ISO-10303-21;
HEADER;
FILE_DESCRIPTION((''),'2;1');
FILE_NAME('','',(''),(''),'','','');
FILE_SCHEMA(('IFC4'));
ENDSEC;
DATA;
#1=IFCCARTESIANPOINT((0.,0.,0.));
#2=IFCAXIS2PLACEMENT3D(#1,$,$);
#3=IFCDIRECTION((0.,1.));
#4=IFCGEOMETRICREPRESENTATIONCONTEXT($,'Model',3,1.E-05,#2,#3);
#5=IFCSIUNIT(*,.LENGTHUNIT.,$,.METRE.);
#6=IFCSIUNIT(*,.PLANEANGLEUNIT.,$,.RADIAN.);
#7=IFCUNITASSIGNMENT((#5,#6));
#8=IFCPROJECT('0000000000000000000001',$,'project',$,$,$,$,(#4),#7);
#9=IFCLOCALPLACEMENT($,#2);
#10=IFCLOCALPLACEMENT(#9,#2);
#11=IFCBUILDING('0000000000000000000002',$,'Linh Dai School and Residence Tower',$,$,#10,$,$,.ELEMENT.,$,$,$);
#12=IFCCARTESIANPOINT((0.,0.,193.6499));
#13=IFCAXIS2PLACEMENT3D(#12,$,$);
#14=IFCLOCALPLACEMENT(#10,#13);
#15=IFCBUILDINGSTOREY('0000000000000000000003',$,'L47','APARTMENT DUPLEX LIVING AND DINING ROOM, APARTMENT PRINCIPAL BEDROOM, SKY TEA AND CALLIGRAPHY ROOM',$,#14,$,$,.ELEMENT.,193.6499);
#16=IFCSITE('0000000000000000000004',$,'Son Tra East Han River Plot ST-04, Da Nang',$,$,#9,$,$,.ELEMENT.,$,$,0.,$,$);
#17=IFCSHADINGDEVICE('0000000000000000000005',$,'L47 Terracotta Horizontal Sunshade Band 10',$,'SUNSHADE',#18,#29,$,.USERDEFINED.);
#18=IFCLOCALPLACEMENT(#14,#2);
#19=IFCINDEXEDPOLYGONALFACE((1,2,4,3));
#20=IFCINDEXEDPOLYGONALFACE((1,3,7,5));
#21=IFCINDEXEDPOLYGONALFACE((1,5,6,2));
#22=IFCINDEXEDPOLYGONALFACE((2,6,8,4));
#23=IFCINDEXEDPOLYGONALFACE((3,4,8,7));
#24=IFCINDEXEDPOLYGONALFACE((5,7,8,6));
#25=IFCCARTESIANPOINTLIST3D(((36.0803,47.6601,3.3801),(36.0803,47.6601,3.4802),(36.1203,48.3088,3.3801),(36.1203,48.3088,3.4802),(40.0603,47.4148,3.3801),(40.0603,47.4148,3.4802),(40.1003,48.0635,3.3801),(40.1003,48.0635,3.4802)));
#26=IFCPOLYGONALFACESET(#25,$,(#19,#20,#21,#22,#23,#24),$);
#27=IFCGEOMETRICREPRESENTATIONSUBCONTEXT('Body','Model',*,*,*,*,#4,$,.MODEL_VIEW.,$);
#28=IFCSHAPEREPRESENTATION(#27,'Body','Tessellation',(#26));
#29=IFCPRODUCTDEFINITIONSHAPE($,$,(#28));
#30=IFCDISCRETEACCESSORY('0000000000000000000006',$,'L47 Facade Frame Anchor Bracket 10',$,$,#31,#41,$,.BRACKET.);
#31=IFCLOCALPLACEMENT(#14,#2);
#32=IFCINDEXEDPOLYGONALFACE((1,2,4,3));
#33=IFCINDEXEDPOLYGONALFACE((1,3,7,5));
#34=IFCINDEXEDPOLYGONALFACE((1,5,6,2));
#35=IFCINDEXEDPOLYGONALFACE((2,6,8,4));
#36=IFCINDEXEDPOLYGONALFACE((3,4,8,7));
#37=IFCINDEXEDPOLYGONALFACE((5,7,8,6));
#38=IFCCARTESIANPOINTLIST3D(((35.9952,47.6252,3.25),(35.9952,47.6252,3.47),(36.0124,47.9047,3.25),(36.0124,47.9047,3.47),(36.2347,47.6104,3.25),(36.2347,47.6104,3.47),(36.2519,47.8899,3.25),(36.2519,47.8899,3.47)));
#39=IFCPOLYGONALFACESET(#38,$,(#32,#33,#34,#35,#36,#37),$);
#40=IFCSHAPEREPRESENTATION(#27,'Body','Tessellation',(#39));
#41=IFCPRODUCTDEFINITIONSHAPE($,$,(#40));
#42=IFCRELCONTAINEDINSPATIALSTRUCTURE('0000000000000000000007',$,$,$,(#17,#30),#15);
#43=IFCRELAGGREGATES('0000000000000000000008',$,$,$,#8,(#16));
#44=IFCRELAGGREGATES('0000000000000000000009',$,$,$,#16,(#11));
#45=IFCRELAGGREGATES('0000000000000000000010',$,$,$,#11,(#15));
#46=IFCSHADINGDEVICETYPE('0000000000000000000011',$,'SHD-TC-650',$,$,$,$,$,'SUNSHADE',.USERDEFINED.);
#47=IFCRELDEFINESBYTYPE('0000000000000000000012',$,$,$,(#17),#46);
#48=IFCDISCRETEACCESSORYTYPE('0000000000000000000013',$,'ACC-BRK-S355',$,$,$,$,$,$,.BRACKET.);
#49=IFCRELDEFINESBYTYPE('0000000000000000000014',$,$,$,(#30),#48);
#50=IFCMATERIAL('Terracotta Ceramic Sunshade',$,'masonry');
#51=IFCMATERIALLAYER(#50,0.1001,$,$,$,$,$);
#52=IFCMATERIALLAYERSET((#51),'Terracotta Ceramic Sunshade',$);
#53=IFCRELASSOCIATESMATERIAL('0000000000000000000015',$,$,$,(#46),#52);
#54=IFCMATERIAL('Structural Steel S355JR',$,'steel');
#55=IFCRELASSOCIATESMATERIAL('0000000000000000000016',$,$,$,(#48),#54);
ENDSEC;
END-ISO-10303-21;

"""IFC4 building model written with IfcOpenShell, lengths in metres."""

from ifc_helpers import new_model, si_unit, direction, frame, origin, origin_2d, place, context, subcontext, project, spatial, rectangle, extrude, source, transform, mapped, material, layer, layer_set, type_object, element, save


model = new_model("IFC4")

# Units and contexts
model_context = context("Model", 3, precision=1e-05, world=origin(), true_north=direction((0.0, 1.0)))
body_context = subcontext(model_context, "Body", "Model", "MODEL_VIEW")
ifc_project = project(units=[si_unit("LENGTHUNIT", "METRE"), si_unit("PLANEANGLEUNIT", "RADIAN")], contexts=[model_context])

# Site, building, storey
site_placement = place(None, origin())
site = spatial("IfcSite", under=ifc_project, at=site_placement, Name="Son Tra East Han River Plot ST-04, Da Nang", CompositionType="ELEMENT", RefElevation=0.0)
building_placement = place(site_placement, origin())
building = spatial("IfcBuilding", under=site, at=building_placement, Name="Linh Dai School and Residence Tower", CompositionType="ELEMENT")
storey_placement = place(building_placement, frame((0.0, 0.0, 193.6499)))
storey = spatial("IfcBuildingStorey", under=building, at=storey_placement, Name="L47", Description="APARTMENT DUPLEX LIVING AND DINING ROOM, APARTMENT PRINCIPAL BEDROOM, SKY TEA AND CALLIGRAPHY ROOM", CompositionType="ELEMENT", Elevation=193.6499)

# Shared definitions
ifc_material_1 = material(Name="Structural Steel S355JR", Category="steel")

# Shading device
ifc_material_2 = material(Name="Terracotta Ceramic Sunshade", Category="masonry")
ifc_layer_1 = layer(ifc_material_2, 0.1001)
ifc_layer_set_1 = layer_set([ifc_layer_1], Name="Terracotta Ceramic Sunshade")
shading_device_type = type_object("IfcShadingDeviceType", Name="SHD-TC-650", ElementType="SUNSHADE", PredefinedType="USERDEFINED", material=ifc_layer_set_1)
shared_shape_1 = source(origin(), body_context, "Body", "SweptSolid", [
    extrude(rectangle(XDim=3.9875, YDim=0.6499, at=origin_2d()), origin(), (0.0, 0.0, 1.0), 0.1001),
])
shading_device_placement = place(storey_placement, frame((38.0903, 47.8618, 3.3801), z_axis=(0.0, 0.0, 1.0), x_axis=(0.998106, -0.061512, 0.0)))
element("IfcShadingDevice", 1, at=shading_device_placement, inside=storey, type_object=shading_device_type, Name="L47 Terracotta Horizontal Sunshade Band 10", ObjectType="SUNSHADE", PredefinedType="USERDEFINED", context=body_context, shape_type="MappedRepresentation", body=[
    mapped(shared_shape_1, transform((0.0, 0.0, 0.0), x_axis=(1.0, 0.0, 0.0), y_axis=(0.0, 1.0, 0.0), z_axis=(0.0, 0.0, 1.0), scale=1.0)),
])

# Discrete accessory
discrete_accessory_type = type_object("IfcDiscreteAccessoryType", Name="ACC-BRK-S355", PredefinedType="BRACKET", material=ifc_material_1)
shared_shape_2 = source(origin(), body_context, "Body", "SweptSolid", [
    extrude(rectangle(XDim=0.28, YDim=0.24, at=origin_2d()), origin(), (0.0, 0.0, 1.0), 0.22),
])
discrete_accessory_placement = place(storey_placement, frame((36.1235, 47.7576, 3.25), z_axis=(0.0, 0.0, 1.0), x_axis=(0.061512, 0.998106, 0.0)))
element("IfcDiscreteAccessory", 2, at=discrete_accessory_placement, inside=storey, type_object=discrete_accessory_type, Name="L47 Facade Frame Anchor Bracket 10", PredefinedType="BRACKET", context=body_context, shape_type="MappedRepresentation", body=[
    mapped(shared_shape_2, transform((0.0, 0.0, 0.0), x_axis=(1.0, 0.0, 0.0), y_axis=(0.0, 1.0, 0.0), z_axis=(0.0, 0.0, 1.0), scale=1.0)),
])

save(model, "model.ifc")
